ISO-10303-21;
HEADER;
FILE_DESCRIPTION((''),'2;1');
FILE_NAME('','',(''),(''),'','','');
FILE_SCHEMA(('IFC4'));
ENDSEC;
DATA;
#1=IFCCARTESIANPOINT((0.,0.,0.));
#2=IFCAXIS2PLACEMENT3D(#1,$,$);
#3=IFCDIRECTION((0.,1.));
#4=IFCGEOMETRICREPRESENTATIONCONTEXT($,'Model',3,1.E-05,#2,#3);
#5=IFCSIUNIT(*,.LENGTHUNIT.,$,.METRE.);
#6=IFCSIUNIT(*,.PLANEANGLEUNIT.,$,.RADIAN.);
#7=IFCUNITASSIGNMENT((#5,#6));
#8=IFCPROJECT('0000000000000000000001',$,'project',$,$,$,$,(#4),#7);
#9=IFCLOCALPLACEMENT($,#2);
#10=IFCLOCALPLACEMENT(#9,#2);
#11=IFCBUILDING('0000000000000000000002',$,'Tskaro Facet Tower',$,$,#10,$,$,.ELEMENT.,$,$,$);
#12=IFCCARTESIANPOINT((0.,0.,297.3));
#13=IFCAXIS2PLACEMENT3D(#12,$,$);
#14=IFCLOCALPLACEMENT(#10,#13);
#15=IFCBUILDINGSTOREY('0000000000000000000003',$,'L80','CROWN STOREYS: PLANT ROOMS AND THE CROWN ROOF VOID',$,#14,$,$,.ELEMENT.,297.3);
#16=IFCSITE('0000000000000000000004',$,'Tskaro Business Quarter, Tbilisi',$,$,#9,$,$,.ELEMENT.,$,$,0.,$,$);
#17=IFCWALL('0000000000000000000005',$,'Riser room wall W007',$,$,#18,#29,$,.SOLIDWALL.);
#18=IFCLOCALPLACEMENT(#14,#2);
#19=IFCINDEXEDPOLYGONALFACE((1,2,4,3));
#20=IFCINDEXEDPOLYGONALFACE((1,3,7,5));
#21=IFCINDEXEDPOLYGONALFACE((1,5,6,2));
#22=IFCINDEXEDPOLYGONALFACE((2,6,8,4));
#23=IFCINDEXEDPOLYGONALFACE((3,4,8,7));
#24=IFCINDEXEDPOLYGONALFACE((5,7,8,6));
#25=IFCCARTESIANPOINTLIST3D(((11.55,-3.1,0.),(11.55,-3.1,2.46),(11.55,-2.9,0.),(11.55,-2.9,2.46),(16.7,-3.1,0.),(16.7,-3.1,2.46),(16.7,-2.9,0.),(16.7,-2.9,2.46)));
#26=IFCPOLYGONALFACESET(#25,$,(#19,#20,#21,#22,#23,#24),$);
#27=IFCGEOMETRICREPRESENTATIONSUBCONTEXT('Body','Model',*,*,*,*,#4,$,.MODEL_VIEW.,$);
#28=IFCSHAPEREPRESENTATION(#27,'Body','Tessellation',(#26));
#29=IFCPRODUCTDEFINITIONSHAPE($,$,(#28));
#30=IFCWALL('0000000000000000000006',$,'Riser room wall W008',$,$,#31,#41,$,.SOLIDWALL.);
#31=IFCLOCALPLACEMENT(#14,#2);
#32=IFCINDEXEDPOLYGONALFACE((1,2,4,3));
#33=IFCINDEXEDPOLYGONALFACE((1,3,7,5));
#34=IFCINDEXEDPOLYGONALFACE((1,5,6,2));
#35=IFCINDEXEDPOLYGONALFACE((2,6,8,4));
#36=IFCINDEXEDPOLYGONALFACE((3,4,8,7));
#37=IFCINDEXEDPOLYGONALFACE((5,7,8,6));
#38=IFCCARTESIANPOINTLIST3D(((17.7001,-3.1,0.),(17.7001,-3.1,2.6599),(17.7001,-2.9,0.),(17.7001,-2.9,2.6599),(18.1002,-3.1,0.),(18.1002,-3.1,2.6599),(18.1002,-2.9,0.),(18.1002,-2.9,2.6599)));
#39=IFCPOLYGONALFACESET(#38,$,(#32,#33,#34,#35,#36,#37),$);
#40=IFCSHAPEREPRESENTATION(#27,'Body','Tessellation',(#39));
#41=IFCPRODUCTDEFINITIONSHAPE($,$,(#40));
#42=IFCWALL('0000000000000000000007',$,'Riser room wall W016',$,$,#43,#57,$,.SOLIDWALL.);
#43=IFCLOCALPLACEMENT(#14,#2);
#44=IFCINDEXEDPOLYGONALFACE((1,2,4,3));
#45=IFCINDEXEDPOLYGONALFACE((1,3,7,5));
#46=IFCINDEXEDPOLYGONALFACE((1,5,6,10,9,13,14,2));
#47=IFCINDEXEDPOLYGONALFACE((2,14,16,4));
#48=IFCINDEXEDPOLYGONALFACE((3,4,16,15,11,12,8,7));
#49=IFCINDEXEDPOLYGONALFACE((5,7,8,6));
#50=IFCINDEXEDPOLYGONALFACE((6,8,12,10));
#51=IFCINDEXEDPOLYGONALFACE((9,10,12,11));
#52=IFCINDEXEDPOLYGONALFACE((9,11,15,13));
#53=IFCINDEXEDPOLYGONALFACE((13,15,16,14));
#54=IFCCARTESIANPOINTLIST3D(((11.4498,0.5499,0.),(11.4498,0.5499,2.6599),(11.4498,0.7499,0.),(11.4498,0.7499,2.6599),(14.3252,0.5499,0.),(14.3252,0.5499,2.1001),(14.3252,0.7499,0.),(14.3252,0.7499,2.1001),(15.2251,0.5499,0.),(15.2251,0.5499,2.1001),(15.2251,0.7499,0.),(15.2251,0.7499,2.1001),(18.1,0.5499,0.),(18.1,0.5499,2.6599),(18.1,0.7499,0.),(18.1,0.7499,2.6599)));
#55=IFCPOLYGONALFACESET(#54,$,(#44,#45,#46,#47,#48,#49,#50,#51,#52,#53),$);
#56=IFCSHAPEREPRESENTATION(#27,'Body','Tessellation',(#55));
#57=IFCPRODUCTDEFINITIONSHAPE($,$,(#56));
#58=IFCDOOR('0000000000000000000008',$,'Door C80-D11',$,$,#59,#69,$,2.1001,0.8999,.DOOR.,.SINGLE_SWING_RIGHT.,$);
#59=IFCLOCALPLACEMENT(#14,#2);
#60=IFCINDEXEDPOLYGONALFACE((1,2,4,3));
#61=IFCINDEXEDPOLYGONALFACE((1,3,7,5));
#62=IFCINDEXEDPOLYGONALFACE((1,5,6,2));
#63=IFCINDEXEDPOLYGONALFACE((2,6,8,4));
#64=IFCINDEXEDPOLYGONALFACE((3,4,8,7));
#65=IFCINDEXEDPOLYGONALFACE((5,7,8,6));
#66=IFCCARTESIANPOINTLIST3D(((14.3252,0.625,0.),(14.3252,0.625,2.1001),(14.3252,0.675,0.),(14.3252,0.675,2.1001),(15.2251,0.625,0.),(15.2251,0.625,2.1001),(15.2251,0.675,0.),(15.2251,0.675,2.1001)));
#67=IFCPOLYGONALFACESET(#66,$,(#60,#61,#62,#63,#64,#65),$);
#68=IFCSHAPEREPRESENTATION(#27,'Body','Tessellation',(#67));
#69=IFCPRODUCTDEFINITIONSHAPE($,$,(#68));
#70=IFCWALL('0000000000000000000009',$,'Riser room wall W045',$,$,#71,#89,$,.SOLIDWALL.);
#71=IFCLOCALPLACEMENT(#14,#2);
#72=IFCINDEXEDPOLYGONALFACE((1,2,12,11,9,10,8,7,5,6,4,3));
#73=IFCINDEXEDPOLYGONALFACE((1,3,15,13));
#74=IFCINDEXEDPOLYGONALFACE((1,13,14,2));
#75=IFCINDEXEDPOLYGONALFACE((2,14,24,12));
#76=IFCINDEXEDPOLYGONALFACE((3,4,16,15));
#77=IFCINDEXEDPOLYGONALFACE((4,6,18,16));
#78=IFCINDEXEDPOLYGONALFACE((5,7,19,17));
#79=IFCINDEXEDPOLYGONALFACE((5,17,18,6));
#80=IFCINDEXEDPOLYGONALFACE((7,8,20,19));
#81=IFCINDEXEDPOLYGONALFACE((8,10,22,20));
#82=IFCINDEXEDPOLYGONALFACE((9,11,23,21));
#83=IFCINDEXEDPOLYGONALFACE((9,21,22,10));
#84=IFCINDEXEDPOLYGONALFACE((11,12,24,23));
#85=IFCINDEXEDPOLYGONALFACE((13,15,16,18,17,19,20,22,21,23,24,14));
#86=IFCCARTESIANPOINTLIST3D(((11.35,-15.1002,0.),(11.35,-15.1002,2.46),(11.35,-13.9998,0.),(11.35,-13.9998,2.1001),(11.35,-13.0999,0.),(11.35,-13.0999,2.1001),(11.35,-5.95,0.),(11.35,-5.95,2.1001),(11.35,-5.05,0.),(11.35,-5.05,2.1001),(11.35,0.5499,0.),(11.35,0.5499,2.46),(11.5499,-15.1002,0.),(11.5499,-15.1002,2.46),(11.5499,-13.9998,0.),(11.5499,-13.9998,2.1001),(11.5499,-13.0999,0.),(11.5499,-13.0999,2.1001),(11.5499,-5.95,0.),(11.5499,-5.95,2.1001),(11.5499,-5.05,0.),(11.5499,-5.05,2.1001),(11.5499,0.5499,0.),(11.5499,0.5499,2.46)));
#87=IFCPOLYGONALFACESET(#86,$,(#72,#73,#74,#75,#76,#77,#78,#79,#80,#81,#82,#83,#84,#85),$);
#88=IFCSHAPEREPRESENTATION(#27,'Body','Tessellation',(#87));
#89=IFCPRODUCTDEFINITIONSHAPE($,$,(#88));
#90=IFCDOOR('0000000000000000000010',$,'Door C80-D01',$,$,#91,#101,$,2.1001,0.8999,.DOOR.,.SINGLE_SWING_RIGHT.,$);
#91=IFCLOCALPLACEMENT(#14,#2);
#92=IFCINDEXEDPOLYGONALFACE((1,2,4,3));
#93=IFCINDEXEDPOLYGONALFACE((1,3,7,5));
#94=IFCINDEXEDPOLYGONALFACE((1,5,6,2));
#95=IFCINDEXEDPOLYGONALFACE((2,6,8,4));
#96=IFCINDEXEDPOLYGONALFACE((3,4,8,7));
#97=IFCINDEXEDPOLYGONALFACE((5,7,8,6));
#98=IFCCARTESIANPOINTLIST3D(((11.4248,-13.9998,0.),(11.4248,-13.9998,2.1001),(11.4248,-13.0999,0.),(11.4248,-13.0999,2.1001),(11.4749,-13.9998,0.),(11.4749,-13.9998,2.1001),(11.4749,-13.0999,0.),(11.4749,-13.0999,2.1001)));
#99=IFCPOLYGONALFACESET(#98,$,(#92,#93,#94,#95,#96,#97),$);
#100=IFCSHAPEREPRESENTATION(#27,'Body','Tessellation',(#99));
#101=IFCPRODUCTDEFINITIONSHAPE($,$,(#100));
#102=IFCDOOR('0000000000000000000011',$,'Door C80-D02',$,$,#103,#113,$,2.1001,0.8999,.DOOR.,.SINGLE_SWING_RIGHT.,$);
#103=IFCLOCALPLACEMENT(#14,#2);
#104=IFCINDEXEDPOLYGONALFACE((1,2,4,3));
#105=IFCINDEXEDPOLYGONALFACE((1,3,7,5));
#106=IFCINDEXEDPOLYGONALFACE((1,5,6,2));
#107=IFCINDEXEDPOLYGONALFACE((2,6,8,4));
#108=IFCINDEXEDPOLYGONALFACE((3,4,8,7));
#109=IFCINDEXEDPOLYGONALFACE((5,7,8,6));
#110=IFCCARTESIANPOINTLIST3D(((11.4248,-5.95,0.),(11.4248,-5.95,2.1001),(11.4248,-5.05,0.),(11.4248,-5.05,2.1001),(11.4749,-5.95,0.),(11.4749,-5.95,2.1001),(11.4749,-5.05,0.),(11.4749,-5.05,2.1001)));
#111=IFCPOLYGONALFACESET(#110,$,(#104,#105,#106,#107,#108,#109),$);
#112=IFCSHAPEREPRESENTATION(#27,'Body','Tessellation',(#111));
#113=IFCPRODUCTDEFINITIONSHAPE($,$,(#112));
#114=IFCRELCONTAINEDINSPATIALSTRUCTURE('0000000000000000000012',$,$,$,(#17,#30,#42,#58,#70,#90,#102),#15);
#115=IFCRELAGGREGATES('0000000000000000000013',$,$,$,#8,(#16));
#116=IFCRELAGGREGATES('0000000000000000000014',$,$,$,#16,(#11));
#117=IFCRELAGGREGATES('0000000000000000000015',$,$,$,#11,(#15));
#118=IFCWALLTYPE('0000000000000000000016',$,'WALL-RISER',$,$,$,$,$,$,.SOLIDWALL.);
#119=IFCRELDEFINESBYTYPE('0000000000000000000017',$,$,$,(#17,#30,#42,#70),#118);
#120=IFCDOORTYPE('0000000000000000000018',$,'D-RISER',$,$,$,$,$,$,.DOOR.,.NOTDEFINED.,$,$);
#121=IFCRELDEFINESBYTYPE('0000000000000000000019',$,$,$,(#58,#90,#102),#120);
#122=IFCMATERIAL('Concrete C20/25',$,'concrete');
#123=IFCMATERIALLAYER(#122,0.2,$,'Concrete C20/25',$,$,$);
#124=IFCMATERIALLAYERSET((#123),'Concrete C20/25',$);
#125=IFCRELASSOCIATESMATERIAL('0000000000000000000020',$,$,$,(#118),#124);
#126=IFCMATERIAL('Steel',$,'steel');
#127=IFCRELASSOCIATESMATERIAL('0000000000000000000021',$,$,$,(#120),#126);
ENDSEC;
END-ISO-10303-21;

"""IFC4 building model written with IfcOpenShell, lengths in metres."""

from ifc_helpers import new_model, si_unit, direction, frame, frame_2d, origin, place, context, subcontext, project, spatial, rectangle, extrude, material, layer, layer_set, type_object, element, fill, save


model = new_model("IFC4")

# Units and contexts
model_context = context("Model", 3, precision=1e-05, world=origin(), true_north=direction((0.0, 1.0)))
body_context = subcontext(model_context, "Body", "Model", "MODEL_VIEW")
ifc_project = project(units=[si_unit("LENGTHUNIT", "METRE"), si_unit("PLANEANGLEUNIT", "RADIAN")], contexts=[model_context])

# Site, building, storey
site_placement = place(None, origin())
site = spatial("IfcSite", under=ifc_project, at=site_placement, Name="Tskaro Business Quarter, Tbilisi", CompositionType="ELEMENT", RefElevation=0.0)
building_placement = place(site_placement, origin())
building = spatial("IfcBuilding", under=site, at=building_placement, Name="Tskaro Facet Tower", CompositionType="ELEMENT")
storey_placement = place(building_placement, frame((0.0, 0.0, 297.3)))
storey = spatial("IfcBuildingStorey", under=building, at=storey_placement, Name="L80", Description="CROWN STOREYS: PLANT ROOMS AND THE CROWN ROOF VOID", CompositionType="ELEMENT", Elevation=297.3)

# Walls
ifc_material_1 = material(Name="Concrete C20/25", Category="concrete")
ifc_layer_1 = layer(ifc_material_1, 0.2, Name="Concrete C20/25")
ifc_layer_set_1 = layer_set([ifc_layer_1], Name="Concrete C20/25")
wall_type = type_object("IfcWallType", Name="WALL-RISER", PredefinedType="SOLIDWALL", material=ifc_layer_set_1)
wall_1_placement = place(storey_placement, frame((11.55, -3.0, 0.0), z_axis=(0.0, 0.0, 1.0), x_axis=(1.0, 0.0, 0.0)))
element("IfcWall", 1, at=wall_1_placement, inside=storey, type_object=wall_type, Name="Riser room wall W007", PredefinedType="SOLIDWALL", context=body_context, shape_type="SweptSolid", body=[
    extrude(rectangle(XDim=5.1499, YDim=0.2, at=frame_2d((2.575, 0.0))), origin(), (0.0, 0.0, 1.0), 2.46),
])
wall_2_placement = place(storey_placement, frame((17.7, -3.0, 0.0), z_axis=(0.0, 0.0, 1.0), x_axis=(1.0, 0.0, 0.0)))
element("IfcWall", 2, at=wall_2_placement, inside=storey, type_object=wall_type, Name="Riser room wall W008", PredefinedType="SOLIDWALL", context=body_context, shape_type="SweptSolid", body=[
    extrude(rectangle(XDim=0.4001, YDim=0.2, at=frame_2d((0.2002, 0.0))), origin(), (0.0, 0.0, 1.0), 2.6599),
])

# Wall, opening, door
wall_3_placement = place(storey_placement, frame((18.1001, 0.6499, 0.0), z_axis=(0.0, 0.0, 1.0), x_axis=(-1.0, 0.0, 0.0)))
wall_3 = element("IfcWall", 3, at=wall_3_placement, inside=storey, type_object=wall_type, Name="Riser room wall W016", PredefinedType="SOLIDWALL", context=body_context, shape_type="SweptSolid", body=[
    extrude(rectangle(XDim=6.6501, YDim=0.2, at=frame_2d((3.3252, 0.0))), origin(), (0.0, 0.0, 1.0), 2.6599),
])
opening_1_placement = place(wall_3_placement, frame((2.875, 0.0, 0.0)))
opening_1 = element("IfcOpeningElement", 4, at=opening_1_placement, cuts=wall_3, PredefinedType="OPENING", context=body_context, shape_type="SweptSolid", body=[
    extrude(rectangle(XDim=0.8999, YDim=2.1001, at=frame_2d((0.45, 1.05))), frame((0.0, 0.1099, 0.0), z_axis=(0.0, -1.0, 0.0), x_axis=(1.0, 0.0, 0.0)), (0.0, 0.0, 1.0), 0.22),
])
ifc_material_2 = material(Name="Steel", Category="steel")
door_type = type_object("IfcDoorType", Name="D-RISER", OperationType="NOTDEFINED", PredefinedType="DOOR", material=ifc_material_2)
door_1_placement = place(opening_1_placement, origin())
door_1 = element("IfcDoor", 5, at=door_1_placement, inside=storey, type_object=door_type, Name="Door C80-D11", OperationType="SINGLE_SWING_RIGHT", OverallHeight=2.1001, OverallWidth=0.8999, PredefinedType="DOOR", context=body_context, shape_type="SweptSolid", body=[
    extrude(rectangle(XDim=0.8999, YDim=2.1001, at=frame_2d((0.45, 1.05))), frame((0.0, 0.0249, 0.0), z_axis=(0.0, -1.0, 0.0), x_axis=(1.0, 0.0, 0.0)), (0.0, 0.0, 1.0), 0.05),
])
fill(opening_1, door_1)

# Wall, openings, doors
wall_4_placement = place(storey_placement, frame((11.45, 0.55, 0.0), z_axis=(0.0, 0.0, 1.0), x_axis=(0.0, -1.0, 0.0)))
wall_4 = element("IfcWall", 6, at=wall_4_placement, inside=storey, type_object=wall_type, Name="Riser room wall W045", PredefinedType="SOLIDWALL", context=body_context, shape_type="SweptSolid", body=[
    extrude(rectangle(XDim=15.6501, YDim=0.2, at=frame_2d((7.8252, 0.0))), origin(), (0.0, 0.0, 1.0), 2.46),
])
opening_2_placement = place(wall_4_placement, frame((13.6499, 0.0, 0.0)))
opening_2 = element("IfcOpeningElement", 7, at=opening_2_placement, cuts=wall_4, PredefinedType="OPENING", context=body_context, shape_type="SweptSolid", body=[
    extrude(rectangle(XDim=0.8999, YDim=2.1001, at=frame_2d((0.45, 1.05))), frame((0.0, 0.1099, 0.0), z_axis=(0.0, -1.0, 0.0), x_axis=(1.0, 0.0, 0.0)), (0.0, 0.0, 1.0), 0.22),
])
opening_3_placement = place(wall_4_placement, frame((5.6001, 0.0, 0.0)))
opening_3 = element("IfcOpeningElement", 8, at=opening_3_placement, cuts=wall_4, PredefinedType="OPENING", context=body_context, shape_type="SweptSolid", body=[
    extrude(rectangle(XDim=0.8999, YDim=2.1001, at=frame_2d((0.45, 1.05))), frame((0.0, 0.1099, 0.0), z_axis=(0.0, -1.0, 0.0), x_axis=(1.0, 0.0, 0.0)), (0.0, 0.0, 1.0), 0.22),
])
door_2_placement = place(opening_2_placement, origin())
door_2 = element("IfcDoor", 9, at=door_2_placement, inside=storey, type_object=door_type, Name="Door C80-D01", OperationType="SINGLE_SWING_RIGHT", OverallHeight=2.1001, OverallWidth=0.8999, PredefinedType="DOOR", context=body_context, shape_type="SweptSolid", body=[
    extrude(rectangle(XDim=0.8999, YDim=2.1001, at=frame_2d((0.45, 1.05))), frame((0.0, 0.0249, 0.0), z_axis=(0.0, -1.0, 0.0), x_axis=(1.0, 0.0, 0.0)), (0.0, 0.0, 1.0), 0.05),
])
fill(opening_2, door_2)
door_3_placement = place(opening_3_placement, origin())
door_3 = element("IfcDoor", 10, at=door_3_placement, inside=storey, type_object=door_type, Name="Door C80-D02", OperationType="SINGLE_SWING_RIGHT", OverallHeight=2.1001, OverallWidth=0.8999, PredefinedType="DOOR", context=body_context, shape_type="SweptSolid", body=[
    extrude(rectangle(XDim=0.8999, YDim=2.1001, at=frame_2d((0.45, 1.05))), frame((0.0, 0.0249, 0.0), z_axis=(0.0, -1.0, 0.0), x_axis=(1.0, 0.0, 0.0)), (0.0, 0.0, 1.0), 0.05),
])
fill(opening_3, door_3)

save(model, "model.ifc")
